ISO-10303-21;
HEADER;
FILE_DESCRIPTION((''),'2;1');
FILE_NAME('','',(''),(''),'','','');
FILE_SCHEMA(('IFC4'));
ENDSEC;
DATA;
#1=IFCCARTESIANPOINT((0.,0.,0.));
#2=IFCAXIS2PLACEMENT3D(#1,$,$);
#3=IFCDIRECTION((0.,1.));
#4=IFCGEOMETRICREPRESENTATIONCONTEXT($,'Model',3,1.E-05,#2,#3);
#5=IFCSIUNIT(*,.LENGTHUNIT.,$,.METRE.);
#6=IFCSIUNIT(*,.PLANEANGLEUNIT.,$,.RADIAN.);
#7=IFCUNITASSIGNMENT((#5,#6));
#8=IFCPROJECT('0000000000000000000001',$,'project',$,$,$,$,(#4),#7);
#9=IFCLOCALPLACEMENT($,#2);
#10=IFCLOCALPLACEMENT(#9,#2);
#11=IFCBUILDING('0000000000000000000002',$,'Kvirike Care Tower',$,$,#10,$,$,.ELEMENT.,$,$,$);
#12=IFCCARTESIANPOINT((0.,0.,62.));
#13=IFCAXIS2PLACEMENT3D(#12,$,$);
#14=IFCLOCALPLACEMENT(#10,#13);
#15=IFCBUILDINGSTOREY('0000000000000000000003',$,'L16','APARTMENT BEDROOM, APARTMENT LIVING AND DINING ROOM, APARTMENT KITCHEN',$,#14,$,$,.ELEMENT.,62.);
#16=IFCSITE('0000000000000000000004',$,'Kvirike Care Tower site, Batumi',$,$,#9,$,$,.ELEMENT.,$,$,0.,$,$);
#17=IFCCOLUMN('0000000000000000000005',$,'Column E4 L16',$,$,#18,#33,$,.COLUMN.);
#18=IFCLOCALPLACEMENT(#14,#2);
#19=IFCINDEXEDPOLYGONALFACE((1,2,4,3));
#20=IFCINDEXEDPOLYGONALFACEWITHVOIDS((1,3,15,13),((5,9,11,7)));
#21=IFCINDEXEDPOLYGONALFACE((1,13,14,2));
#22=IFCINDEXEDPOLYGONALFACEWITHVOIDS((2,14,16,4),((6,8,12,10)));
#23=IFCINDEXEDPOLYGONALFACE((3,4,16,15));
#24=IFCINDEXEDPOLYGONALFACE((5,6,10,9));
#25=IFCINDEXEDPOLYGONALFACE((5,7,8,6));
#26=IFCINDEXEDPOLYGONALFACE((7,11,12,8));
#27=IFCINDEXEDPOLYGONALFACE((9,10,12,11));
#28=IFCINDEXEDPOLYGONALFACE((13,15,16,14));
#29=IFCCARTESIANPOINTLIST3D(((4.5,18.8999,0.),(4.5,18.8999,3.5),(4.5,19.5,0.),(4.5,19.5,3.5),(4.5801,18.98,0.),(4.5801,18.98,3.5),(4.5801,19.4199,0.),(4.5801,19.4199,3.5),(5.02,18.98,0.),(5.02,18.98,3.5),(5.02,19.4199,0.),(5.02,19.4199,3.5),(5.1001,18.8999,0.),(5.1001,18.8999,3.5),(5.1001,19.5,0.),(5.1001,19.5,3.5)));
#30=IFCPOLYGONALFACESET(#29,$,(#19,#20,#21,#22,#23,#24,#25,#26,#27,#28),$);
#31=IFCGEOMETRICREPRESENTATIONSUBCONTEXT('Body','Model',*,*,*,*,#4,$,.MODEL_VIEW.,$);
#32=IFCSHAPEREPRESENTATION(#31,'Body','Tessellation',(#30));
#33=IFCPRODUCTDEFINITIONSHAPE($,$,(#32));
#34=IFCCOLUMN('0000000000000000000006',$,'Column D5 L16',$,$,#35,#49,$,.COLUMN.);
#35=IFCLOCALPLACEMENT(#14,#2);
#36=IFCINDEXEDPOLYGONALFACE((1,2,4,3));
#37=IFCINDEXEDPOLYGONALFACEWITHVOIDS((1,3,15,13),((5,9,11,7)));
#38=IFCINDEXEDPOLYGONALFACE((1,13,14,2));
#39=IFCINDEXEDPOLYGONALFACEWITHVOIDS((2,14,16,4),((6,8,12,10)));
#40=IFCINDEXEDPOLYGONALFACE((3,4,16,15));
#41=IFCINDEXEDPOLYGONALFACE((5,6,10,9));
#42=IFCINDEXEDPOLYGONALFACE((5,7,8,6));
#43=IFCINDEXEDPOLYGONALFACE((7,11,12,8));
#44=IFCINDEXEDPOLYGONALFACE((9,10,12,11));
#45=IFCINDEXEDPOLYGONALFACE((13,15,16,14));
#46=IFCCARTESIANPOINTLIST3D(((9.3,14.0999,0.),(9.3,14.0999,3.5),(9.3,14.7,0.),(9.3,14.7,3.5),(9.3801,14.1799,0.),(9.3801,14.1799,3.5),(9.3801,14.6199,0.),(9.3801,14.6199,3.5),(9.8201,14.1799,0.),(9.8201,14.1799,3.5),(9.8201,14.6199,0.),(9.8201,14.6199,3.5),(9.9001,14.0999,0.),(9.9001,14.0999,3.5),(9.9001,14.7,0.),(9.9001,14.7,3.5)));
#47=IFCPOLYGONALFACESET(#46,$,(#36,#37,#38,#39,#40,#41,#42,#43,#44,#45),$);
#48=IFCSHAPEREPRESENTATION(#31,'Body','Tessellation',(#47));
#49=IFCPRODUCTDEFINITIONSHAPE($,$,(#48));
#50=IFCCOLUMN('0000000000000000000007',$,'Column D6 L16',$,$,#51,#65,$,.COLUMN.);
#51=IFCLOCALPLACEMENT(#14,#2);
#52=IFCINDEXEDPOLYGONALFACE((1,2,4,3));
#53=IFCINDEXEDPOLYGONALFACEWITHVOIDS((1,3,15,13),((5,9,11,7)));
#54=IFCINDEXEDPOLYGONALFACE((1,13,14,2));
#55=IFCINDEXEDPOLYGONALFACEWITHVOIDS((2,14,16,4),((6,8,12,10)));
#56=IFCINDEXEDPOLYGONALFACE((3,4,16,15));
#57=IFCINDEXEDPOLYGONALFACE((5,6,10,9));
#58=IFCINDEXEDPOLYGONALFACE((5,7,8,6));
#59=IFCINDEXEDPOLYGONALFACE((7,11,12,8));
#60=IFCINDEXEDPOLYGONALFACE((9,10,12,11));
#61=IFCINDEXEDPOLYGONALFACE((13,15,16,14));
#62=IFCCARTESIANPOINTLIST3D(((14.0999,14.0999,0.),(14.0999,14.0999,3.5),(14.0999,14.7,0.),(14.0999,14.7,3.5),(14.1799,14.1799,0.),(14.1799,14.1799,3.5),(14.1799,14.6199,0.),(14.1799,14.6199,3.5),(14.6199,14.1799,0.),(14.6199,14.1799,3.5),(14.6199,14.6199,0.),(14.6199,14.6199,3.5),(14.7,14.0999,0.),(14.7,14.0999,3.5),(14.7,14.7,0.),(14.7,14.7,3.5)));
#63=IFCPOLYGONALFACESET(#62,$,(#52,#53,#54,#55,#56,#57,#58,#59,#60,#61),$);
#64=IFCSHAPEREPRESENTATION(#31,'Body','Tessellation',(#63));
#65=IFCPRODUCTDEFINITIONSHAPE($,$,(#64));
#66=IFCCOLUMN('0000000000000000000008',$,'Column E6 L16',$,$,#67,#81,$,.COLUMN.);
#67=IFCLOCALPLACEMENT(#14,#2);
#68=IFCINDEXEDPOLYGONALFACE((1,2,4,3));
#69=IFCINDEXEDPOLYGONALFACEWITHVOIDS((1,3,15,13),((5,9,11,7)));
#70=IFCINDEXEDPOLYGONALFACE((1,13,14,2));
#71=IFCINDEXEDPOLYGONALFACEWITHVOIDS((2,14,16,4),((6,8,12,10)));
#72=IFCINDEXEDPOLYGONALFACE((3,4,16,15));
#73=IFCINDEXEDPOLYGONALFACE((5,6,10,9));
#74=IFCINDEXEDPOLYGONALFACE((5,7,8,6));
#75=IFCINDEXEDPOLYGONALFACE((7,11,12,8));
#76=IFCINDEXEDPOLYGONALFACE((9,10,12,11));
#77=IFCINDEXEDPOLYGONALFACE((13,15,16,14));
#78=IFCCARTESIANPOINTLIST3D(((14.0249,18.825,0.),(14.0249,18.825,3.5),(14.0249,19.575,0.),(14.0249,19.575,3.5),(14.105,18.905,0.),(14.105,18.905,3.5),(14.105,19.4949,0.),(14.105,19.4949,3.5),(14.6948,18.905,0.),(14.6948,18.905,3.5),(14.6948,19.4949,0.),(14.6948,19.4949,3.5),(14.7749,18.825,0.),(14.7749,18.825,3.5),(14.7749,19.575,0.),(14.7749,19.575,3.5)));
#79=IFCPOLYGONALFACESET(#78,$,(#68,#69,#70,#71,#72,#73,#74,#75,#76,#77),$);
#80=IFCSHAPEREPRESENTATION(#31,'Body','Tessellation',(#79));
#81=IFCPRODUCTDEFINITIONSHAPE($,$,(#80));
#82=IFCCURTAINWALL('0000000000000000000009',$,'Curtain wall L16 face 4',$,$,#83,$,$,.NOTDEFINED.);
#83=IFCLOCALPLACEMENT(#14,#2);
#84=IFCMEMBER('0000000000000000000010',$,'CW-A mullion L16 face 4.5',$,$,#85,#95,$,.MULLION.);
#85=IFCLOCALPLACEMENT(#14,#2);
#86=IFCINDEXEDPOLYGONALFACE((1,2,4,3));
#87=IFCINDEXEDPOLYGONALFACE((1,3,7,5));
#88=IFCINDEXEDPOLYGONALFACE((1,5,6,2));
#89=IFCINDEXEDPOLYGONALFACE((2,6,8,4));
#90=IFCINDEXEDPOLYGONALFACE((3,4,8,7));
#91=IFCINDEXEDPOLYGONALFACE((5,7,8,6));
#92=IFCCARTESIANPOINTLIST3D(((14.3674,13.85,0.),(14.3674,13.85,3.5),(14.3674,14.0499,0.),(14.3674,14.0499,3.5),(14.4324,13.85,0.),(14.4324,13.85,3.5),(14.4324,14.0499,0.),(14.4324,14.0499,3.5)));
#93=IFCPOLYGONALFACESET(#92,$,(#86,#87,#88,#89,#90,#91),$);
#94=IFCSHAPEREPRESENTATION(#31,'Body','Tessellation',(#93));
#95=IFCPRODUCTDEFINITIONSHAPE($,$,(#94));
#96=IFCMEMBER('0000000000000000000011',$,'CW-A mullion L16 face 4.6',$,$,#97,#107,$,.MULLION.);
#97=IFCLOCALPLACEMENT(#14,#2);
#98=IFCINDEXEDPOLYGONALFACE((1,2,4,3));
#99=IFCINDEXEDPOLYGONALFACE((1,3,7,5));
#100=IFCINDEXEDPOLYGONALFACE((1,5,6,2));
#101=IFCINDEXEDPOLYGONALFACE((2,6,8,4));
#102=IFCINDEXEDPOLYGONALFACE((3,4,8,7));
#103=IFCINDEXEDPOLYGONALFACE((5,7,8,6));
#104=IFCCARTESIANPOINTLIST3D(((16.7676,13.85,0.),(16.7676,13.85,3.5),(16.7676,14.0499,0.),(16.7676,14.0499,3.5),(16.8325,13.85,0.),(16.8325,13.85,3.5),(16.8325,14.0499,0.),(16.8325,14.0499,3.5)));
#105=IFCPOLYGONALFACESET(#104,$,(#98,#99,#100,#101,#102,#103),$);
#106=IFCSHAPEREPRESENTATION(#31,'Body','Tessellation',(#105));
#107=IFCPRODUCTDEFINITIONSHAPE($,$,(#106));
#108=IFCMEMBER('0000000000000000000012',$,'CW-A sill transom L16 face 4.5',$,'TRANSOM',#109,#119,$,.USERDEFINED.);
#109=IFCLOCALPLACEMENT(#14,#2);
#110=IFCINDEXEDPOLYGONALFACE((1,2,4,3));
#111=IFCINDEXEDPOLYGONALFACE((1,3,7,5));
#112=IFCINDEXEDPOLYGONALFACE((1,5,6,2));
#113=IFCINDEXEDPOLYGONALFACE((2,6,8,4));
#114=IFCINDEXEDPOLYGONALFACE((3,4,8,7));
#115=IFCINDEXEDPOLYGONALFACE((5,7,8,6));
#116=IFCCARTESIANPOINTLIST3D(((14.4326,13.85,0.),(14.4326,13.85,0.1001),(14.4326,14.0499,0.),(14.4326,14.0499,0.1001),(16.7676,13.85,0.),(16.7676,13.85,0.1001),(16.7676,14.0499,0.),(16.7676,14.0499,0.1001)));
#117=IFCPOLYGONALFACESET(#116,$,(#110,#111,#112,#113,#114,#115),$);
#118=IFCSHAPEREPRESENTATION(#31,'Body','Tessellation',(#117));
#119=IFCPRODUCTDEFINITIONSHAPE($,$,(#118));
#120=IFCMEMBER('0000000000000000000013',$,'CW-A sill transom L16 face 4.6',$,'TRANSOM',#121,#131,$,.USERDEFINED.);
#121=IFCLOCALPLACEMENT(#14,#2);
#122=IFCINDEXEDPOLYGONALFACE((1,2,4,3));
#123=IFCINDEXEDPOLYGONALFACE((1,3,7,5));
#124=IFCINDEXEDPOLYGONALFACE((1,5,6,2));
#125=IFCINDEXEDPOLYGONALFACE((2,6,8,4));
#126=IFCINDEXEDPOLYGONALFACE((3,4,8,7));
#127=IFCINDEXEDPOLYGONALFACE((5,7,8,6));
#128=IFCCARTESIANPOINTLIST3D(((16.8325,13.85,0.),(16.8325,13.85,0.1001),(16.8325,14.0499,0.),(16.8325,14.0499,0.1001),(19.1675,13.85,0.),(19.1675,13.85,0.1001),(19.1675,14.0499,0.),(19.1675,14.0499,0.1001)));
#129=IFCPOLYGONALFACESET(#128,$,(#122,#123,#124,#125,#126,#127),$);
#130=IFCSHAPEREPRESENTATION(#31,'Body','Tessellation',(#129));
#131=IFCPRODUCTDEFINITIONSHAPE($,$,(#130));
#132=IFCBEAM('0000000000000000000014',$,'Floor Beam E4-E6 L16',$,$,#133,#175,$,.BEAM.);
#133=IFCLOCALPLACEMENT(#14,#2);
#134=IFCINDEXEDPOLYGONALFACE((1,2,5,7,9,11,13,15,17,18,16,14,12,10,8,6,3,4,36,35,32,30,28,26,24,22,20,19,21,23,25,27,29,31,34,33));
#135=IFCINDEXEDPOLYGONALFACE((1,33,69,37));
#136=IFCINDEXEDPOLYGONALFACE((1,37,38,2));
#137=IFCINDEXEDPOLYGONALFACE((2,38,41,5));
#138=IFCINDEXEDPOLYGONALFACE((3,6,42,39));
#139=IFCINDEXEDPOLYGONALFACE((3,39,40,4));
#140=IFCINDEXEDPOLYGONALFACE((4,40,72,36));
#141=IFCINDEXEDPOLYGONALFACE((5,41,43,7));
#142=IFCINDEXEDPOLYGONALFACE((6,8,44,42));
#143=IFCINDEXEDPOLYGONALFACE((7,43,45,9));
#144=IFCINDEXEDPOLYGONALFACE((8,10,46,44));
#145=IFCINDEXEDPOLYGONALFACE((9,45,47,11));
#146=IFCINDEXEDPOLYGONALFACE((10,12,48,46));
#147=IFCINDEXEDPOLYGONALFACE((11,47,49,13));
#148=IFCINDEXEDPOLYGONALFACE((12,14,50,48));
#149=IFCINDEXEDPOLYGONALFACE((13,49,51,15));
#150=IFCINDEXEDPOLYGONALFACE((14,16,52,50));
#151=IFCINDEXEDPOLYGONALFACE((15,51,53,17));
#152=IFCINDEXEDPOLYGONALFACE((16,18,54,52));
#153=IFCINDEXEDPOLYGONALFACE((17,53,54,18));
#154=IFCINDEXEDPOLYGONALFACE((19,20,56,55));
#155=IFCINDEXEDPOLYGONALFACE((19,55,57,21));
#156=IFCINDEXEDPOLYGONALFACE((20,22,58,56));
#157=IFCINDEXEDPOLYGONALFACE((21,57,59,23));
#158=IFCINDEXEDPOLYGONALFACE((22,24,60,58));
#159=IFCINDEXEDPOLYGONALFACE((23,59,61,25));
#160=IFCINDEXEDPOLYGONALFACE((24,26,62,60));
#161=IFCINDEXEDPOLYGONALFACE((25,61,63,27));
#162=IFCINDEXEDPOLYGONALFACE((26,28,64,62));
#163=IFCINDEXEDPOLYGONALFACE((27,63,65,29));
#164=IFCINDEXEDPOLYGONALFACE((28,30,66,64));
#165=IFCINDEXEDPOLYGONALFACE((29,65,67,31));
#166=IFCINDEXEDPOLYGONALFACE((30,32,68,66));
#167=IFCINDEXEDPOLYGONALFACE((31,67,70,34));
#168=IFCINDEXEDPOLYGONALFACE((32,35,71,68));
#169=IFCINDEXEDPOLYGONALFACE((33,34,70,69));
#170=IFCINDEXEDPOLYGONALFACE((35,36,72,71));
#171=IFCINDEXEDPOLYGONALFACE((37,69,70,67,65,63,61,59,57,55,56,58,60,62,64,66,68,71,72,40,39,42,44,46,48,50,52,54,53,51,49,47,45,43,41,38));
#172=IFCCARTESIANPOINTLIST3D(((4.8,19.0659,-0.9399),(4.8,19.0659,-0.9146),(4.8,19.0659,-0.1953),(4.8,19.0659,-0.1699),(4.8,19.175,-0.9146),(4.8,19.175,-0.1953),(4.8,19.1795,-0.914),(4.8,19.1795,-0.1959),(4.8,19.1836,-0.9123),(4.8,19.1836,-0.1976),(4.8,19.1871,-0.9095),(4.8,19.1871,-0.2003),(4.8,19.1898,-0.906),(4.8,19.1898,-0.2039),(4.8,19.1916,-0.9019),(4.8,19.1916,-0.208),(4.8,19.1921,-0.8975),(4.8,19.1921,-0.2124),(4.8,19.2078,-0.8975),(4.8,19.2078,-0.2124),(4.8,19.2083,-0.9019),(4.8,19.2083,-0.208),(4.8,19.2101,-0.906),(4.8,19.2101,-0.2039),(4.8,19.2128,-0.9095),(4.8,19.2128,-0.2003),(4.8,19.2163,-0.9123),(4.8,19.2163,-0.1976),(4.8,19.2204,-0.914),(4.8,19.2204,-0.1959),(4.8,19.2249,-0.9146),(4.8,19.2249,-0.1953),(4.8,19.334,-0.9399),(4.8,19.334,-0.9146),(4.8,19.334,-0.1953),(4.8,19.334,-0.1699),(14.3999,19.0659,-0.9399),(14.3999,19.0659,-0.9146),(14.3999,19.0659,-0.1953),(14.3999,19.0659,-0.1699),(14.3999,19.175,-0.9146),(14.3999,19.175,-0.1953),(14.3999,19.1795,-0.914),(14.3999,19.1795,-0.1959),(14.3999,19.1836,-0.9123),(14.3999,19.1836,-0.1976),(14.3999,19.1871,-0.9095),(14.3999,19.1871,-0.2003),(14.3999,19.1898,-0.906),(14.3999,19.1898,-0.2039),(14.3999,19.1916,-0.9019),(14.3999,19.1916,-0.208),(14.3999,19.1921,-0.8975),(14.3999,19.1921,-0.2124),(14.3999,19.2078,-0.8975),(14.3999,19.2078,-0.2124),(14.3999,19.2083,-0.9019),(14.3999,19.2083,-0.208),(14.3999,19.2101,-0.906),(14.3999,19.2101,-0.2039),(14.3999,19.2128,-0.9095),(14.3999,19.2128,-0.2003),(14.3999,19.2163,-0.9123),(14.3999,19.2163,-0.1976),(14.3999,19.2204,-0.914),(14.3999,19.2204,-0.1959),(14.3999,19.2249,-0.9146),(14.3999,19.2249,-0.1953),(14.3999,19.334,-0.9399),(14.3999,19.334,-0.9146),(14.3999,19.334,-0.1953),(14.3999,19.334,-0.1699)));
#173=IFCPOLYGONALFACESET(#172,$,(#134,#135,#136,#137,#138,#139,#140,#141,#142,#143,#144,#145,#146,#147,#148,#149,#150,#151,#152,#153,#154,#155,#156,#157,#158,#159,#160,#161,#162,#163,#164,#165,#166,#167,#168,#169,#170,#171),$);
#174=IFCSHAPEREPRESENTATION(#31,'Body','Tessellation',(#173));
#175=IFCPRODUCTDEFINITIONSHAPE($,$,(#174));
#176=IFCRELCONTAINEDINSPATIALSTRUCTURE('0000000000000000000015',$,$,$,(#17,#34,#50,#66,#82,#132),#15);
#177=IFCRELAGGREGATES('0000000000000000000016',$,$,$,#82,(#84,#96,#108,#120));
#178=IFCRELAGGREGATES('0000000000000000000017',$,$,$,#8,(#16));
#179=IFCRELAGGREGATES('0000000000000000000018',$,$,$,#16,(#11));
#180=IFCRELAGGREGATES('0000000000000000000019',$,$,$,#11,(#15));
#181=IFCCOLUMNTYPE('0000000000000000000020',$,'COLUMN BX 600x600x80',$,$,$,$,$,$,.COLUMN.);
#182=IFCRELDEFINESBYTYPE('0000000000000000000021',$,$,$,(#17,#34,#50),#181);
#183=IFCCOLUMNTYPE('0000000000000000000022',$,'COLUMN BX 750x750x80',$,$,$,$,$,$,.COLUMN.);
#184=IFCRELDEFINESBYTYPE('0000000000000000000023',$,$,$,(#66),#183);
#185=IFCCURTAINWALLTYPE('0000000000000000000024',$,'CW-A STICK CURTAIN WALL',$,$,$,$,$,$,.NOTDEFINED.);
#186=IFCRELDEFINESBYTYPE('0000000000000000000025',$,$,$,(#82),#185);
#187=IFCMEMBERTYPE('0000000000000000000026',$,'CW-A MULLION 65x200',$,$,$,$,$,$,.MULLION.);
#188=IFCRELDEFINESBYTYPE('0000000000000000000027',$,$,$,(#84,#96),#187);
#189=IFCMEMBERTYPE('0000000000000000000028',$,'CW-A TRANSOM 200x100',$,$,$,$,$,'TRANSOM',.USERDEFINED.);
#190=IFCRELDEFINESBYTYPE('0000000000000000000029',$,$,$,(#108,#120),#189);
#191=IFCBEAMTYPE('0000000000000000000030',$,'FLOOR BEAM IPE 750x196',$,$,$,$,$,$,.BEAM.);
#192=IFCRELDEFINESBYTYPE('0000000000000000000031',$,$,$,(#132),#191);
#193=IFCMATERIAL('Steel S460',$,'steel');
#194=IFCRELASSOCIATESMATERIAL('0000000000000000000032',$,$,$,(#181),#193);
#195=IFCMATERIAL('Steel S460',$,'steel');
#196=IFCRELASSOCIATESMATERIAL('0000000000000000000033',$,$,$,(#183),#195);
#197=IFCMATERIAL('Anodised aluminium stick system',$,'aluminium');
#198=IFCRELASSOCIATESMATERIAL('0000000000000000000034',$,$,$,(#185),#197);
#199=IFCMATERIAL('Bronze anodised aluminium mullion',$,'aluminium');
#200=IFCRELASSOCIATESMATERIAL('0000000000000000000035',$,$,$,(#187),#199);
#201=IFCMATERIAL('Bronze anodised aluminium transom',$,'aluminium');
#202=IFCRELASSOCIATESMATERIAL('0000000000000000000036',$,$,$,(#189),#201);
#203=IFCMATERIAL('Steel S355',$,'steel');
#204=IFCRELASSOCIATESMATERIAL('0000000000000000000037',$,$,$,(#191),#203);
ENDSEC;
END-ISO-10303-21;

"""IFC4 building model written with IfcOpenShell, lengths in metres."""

from ifc_helpers import new_model, si_unit, direction, frame, origin, origin_2d, place, context, subcontext, project, spatial, rectangle, hollow_rectangle, i_section, extrude, material, material_profile, profile_set, type_object, element, aggregate, save


model = new_model("IFC4")

# Units and contexts
model_context = context("Model", 3, precision=1e-05, world=origin(), true_north=direction((0.0, 1.0)))
body_context = subcontext(model_context, "Body", "Model", "MODEL_VIEW")
ifc_project = project(units=[si_unit("LENGTHUNIT", "METRE"), si_unit("PLANEANGLEUNIT", "RADIAN")], contexts=[model_context])

# Site, building, storey
site_placement = place(None, origin())
site = spatial("IfcSite", under=ifc_project, at=site_placement, Name="Kvirike Care Tower site, Batumi", CompositionType="ELEMENT", RefElevation=0.0)
building_placement = place(site_placement, origin())
building = spatial("IfcBuilding", under=site, at=building_placement, Name="Kvirike Care Tower", CompositionType="ELEMENT")
storey_placement = place(building_placement, frame((0.0, 0.0, 62.0)))
storey = spatial("IfcBuildingStorey", under=building, at=storey_placement, Name="L16", Description="APARTMENT BEDROOM, APARTMENT LIVING AND DINING ROOM, APARTMENT KITCHEN", CompositionType="ELEMENT", Elevation=62.0)

# Columns
ifc_material_1 = material(Name="Steel S460", Category="steel")
ifc_material_profile_1 = material_profile(ifc_material_1, hollow_rectangle(XDim=0.6001, YDim=0.6001, WallThickness=0.0801, at=origin_2d()), Name="BX 600x600x80")
ifc_profile_set_1 = profile_set([ifc_material_profile_1], Name="Steel S460")
column_type_1 = type_object("IfcColumnType", Name="COLUMN BX 600x600x80", PredefinedType="COLUMN", material=ifc_profile_set_1)
for number, where, z_axis, x_axis, name in (
    (1, (4.8, 19.2, 0.0), (0.0, 0.0, 1.0), (0.0, 1.0, 0.0), "Column E4 L16"),
    (2, (9.6001, 14.3999, 0.0), (0.0, 0.0, 1.0), (0.0, 1.0, 0.0), "Column D5 L16"),
    (3, (14.3999, 14.3999, 0.0), (0.0, 0.0, 1.0), (0.0, 1.0, 0.0), "Column D6 L16"),
):
    element("IfcColumn", number, at=place(storey_placement, frame(where, z_axis=z_axis, x_axis=x_axis)), inside=storey, type_object=column_type_1, Name=name, PredefinedType="COLUMN", context=body_context, shape_type="SweptSolid", body=[
        extrude(hollow_rectangle(XDim=0.6001, YDim=0.6001, WallThickness=0.0801, at=origin_2d()), origin(), (0.0, 0.0, 1.0), 3.5),
    ])
ifc_material_2 = material(Name="Steel S460", Category="steel")
ifc_material_profile_2 = material_profile(ifc_material_2, hollow_rectangle(XDim=0.75, YDim=0.75, WallThickness=0.0801, at=origin_2d()), Name="BX 750x750x80")
ifc_profile_set_2 = profile_set([ifc_material_profile_2], Name="Steel S460")
column_type_2 = type_object("IfcColumnType", Name="COLUMN BX 750x750x80", PredefinedType="COLUMN", material=ifc_profile_set_2)
column_placement = place(storey_placement, frame((14.3999, 19.2, 0.0), z_axis=(0.0, 0.0, 1.0), x_axis=(1.0, 0.0, 0.0)))
element("IfcColumn", 4, at=column_placement, inside=storey, type_object=column_type_2, Name="Column E6 L16", PredefinedType="COLUMN", context=body_context, shape_type="SweptSolid", body=[
    extrude(hollow_rectangle(XDim=0.75, YDim=0.75, WallThickness=0.0801, at=origin_2d()), origin(), (0.0, 0.0, 1.0), 3.5),
])

# Curtain wall, members
ifc_material_3 = material(Name="Anodised aluminium stick system", Category="aluminium")
curtain_wall_type = type_object("IfcCurtainWallType", Name="CW-A STICK CURTAIN WALL", PredefinedType="NOTDEFINED", material=ifc_material_3)
curtain_wall_placement = place(storey_placement, origin())
curtain_wall = element("IfcCurtainWall", 5, at=curtain_wall_placement, inside=storey, type_object=curtain_wall_type, Name="Curtain wall L16 face 4", PredefinedType="NOTDEFINED")
ifc_material_4 = material(Name="Bronze anodised aluminium mullion", Category="aluminium")
ifc_material_profile_3 = material_profile(ifc_material_4, rectangle(XDim=0.0649, YDim=0.2, at=origin_2d()), Name="CW-A MULLION 65x200")
ifc_profile_set_3 = profile_set([ifc_material_profile_3], Name="Bronze anodised aluminium mullion")
member_type_1 = type_object("IfcMemberType", Name="CW-A MULLION 65x200", PredefinedType="MULLION", material=ifc_profile_set_3)
member_1_placement = place(storey_placement, frame((14.3999, 13.95, 0.0), z_axis=(0.0, 0.0, 1.0), x_axis=(1.0, 0.0, 0.0)))
member_1 = element("IfcMember", 6, at=member_1_placement, type_object=member_type_1, Name="CW-A mullion L16 face 4.5", PredefinedType="MULLION", context=body_context, shape_type="SweptSolid", body=[
    extrude(rectangle(XDim=0.0649, YDim=0.2, at=origin_2d()), origin(), (0.0, 0.0, 1.0), 3.5),
])
member_2_placement = place(storey_placement, frame((16.8, 13.95, 0.0), z_axis=(0.0, 0.0, 1.0), x_axis=(1.0, 0.0, 0.0)))
member_2 = element("IfcMember", 7, at=member_2_placement, type_object=member_type_1, Name="CW-A mullion L16 face 4.6", PredefinedType="MULLION", context=body_context, shape_type="SweptSolid", body=[
    extrude(rectangle(XDim=0.0649, YDim=0.2, at=origin_2d()), origin(), (0.0, 0.0, 1.0), 3.5),
])
ifc_material_5 = material(Name="Bronze anodised aluminium transom", Category="aluminium")
ifc_material_profile_4 = material_profile(ifc_material_5, rectangle(XDim=0.2, YDim=0.1001, at=origin_2d()), Name="CW-A TRANSOM 200x100")
ifc_profile_set_4 = profile_set([ifc_material_profile_4], Name="Bronze anodised aluminium transom")
member_type_2 = type_object("IfcMemberType", Name="CW-A TRANSOM 200x100", ElementType="TRANSOM", PredefinedType="USERDEFINED", material=ifc_profile_set_4)
member_3_placement = place(storey_placement, frame((14.4326, 13.95, 0.05), z_axis=(1.0, 0.0, 0.0), x_axis=(0.0, 1.0, 0.0)))
member_3 = element("IfcMember", 8, at=member_3_placement, type_object=member_type_2, Name="CW-A sill transom L16 face 4.5", ObjectType="TRANSOM", PredefinedType="USERDEFINED", context=body_context, shape_type="SweptSolid", body=[
    extrude(rectangle(XDim=0.2, YDim=0.1001, at=origin_2d()), origin(), (0.0, 0.0, 1.0), 2.335),
])
member_4_placement = place(storey_placement, frame((16.8325, 13.95, 0.05), z_axis=(1.0, 0.0, 0.0), x_axis=(0.0, 1.0, 0.0)))
member_4 = element("IfcMember", 9, at=member_4_placement, type_object=member_type_2, Name="CW-A sill transom L16 face 4.6", ObjectType="TRANSOM", PredefinedType="USERDEFINED", context=body_context, shape_type="SweptSolid", body=[
    extrude(rectangle(XDim=0.2, YDim=0.1001, at=origin_2d()), origin(), (0.0, 0.0, 1.0), 2.335),
])

# Beam
ifc_material_6 = material(Name="Steel S355", Category="steel")
ifc_material_profile_5 = material_profile(ifc_material_6, i_section(OverallWidth=0.2681, OverallDepth=0.77, WebThickness=0.0156, FlangeThickness=0.0254, FilletRadius=0.0171, at=origin_2d()), Name="IPE 750x196")
ifc_profile_set_5 = profile_set([ifc_material_profile_5], Name="Steel S355")
beam_type_1 = type_object("IfcBeamType", Name="FLOOR BEAM IPE 750x196", PredefinedType="BEAM", material=ifc_profile_set_5)
beam_1_placement = place(storey_placement, frame((4.8, 19.2, -0.5549), z_axis=(1.0, 0.0, 0.0), x_axis=(0.0, 1.0, 0.0)))
element("IfcBeam", 10, at=beam_1_placement, inside=storey, type_object=beam_type_1, Name="Floor Beam E4-E6 L16", PredefinedType="BEAM", context=body_context, shape_type="SweptSolid", body=[
    extrude(i_section(OverallWidth=0.2681, OverallDepth=0.77, WebThickness=0.0156, FlangeThickness=0.0254, FilletRadius=0.0171, at=origin_2d()), origin(), (0.0, 0.0, 1.0), 9.5999),
])

aggregate(curtain_wall, [member_1, member_2, member_3, member_4])

save(model, "model.ifc")
